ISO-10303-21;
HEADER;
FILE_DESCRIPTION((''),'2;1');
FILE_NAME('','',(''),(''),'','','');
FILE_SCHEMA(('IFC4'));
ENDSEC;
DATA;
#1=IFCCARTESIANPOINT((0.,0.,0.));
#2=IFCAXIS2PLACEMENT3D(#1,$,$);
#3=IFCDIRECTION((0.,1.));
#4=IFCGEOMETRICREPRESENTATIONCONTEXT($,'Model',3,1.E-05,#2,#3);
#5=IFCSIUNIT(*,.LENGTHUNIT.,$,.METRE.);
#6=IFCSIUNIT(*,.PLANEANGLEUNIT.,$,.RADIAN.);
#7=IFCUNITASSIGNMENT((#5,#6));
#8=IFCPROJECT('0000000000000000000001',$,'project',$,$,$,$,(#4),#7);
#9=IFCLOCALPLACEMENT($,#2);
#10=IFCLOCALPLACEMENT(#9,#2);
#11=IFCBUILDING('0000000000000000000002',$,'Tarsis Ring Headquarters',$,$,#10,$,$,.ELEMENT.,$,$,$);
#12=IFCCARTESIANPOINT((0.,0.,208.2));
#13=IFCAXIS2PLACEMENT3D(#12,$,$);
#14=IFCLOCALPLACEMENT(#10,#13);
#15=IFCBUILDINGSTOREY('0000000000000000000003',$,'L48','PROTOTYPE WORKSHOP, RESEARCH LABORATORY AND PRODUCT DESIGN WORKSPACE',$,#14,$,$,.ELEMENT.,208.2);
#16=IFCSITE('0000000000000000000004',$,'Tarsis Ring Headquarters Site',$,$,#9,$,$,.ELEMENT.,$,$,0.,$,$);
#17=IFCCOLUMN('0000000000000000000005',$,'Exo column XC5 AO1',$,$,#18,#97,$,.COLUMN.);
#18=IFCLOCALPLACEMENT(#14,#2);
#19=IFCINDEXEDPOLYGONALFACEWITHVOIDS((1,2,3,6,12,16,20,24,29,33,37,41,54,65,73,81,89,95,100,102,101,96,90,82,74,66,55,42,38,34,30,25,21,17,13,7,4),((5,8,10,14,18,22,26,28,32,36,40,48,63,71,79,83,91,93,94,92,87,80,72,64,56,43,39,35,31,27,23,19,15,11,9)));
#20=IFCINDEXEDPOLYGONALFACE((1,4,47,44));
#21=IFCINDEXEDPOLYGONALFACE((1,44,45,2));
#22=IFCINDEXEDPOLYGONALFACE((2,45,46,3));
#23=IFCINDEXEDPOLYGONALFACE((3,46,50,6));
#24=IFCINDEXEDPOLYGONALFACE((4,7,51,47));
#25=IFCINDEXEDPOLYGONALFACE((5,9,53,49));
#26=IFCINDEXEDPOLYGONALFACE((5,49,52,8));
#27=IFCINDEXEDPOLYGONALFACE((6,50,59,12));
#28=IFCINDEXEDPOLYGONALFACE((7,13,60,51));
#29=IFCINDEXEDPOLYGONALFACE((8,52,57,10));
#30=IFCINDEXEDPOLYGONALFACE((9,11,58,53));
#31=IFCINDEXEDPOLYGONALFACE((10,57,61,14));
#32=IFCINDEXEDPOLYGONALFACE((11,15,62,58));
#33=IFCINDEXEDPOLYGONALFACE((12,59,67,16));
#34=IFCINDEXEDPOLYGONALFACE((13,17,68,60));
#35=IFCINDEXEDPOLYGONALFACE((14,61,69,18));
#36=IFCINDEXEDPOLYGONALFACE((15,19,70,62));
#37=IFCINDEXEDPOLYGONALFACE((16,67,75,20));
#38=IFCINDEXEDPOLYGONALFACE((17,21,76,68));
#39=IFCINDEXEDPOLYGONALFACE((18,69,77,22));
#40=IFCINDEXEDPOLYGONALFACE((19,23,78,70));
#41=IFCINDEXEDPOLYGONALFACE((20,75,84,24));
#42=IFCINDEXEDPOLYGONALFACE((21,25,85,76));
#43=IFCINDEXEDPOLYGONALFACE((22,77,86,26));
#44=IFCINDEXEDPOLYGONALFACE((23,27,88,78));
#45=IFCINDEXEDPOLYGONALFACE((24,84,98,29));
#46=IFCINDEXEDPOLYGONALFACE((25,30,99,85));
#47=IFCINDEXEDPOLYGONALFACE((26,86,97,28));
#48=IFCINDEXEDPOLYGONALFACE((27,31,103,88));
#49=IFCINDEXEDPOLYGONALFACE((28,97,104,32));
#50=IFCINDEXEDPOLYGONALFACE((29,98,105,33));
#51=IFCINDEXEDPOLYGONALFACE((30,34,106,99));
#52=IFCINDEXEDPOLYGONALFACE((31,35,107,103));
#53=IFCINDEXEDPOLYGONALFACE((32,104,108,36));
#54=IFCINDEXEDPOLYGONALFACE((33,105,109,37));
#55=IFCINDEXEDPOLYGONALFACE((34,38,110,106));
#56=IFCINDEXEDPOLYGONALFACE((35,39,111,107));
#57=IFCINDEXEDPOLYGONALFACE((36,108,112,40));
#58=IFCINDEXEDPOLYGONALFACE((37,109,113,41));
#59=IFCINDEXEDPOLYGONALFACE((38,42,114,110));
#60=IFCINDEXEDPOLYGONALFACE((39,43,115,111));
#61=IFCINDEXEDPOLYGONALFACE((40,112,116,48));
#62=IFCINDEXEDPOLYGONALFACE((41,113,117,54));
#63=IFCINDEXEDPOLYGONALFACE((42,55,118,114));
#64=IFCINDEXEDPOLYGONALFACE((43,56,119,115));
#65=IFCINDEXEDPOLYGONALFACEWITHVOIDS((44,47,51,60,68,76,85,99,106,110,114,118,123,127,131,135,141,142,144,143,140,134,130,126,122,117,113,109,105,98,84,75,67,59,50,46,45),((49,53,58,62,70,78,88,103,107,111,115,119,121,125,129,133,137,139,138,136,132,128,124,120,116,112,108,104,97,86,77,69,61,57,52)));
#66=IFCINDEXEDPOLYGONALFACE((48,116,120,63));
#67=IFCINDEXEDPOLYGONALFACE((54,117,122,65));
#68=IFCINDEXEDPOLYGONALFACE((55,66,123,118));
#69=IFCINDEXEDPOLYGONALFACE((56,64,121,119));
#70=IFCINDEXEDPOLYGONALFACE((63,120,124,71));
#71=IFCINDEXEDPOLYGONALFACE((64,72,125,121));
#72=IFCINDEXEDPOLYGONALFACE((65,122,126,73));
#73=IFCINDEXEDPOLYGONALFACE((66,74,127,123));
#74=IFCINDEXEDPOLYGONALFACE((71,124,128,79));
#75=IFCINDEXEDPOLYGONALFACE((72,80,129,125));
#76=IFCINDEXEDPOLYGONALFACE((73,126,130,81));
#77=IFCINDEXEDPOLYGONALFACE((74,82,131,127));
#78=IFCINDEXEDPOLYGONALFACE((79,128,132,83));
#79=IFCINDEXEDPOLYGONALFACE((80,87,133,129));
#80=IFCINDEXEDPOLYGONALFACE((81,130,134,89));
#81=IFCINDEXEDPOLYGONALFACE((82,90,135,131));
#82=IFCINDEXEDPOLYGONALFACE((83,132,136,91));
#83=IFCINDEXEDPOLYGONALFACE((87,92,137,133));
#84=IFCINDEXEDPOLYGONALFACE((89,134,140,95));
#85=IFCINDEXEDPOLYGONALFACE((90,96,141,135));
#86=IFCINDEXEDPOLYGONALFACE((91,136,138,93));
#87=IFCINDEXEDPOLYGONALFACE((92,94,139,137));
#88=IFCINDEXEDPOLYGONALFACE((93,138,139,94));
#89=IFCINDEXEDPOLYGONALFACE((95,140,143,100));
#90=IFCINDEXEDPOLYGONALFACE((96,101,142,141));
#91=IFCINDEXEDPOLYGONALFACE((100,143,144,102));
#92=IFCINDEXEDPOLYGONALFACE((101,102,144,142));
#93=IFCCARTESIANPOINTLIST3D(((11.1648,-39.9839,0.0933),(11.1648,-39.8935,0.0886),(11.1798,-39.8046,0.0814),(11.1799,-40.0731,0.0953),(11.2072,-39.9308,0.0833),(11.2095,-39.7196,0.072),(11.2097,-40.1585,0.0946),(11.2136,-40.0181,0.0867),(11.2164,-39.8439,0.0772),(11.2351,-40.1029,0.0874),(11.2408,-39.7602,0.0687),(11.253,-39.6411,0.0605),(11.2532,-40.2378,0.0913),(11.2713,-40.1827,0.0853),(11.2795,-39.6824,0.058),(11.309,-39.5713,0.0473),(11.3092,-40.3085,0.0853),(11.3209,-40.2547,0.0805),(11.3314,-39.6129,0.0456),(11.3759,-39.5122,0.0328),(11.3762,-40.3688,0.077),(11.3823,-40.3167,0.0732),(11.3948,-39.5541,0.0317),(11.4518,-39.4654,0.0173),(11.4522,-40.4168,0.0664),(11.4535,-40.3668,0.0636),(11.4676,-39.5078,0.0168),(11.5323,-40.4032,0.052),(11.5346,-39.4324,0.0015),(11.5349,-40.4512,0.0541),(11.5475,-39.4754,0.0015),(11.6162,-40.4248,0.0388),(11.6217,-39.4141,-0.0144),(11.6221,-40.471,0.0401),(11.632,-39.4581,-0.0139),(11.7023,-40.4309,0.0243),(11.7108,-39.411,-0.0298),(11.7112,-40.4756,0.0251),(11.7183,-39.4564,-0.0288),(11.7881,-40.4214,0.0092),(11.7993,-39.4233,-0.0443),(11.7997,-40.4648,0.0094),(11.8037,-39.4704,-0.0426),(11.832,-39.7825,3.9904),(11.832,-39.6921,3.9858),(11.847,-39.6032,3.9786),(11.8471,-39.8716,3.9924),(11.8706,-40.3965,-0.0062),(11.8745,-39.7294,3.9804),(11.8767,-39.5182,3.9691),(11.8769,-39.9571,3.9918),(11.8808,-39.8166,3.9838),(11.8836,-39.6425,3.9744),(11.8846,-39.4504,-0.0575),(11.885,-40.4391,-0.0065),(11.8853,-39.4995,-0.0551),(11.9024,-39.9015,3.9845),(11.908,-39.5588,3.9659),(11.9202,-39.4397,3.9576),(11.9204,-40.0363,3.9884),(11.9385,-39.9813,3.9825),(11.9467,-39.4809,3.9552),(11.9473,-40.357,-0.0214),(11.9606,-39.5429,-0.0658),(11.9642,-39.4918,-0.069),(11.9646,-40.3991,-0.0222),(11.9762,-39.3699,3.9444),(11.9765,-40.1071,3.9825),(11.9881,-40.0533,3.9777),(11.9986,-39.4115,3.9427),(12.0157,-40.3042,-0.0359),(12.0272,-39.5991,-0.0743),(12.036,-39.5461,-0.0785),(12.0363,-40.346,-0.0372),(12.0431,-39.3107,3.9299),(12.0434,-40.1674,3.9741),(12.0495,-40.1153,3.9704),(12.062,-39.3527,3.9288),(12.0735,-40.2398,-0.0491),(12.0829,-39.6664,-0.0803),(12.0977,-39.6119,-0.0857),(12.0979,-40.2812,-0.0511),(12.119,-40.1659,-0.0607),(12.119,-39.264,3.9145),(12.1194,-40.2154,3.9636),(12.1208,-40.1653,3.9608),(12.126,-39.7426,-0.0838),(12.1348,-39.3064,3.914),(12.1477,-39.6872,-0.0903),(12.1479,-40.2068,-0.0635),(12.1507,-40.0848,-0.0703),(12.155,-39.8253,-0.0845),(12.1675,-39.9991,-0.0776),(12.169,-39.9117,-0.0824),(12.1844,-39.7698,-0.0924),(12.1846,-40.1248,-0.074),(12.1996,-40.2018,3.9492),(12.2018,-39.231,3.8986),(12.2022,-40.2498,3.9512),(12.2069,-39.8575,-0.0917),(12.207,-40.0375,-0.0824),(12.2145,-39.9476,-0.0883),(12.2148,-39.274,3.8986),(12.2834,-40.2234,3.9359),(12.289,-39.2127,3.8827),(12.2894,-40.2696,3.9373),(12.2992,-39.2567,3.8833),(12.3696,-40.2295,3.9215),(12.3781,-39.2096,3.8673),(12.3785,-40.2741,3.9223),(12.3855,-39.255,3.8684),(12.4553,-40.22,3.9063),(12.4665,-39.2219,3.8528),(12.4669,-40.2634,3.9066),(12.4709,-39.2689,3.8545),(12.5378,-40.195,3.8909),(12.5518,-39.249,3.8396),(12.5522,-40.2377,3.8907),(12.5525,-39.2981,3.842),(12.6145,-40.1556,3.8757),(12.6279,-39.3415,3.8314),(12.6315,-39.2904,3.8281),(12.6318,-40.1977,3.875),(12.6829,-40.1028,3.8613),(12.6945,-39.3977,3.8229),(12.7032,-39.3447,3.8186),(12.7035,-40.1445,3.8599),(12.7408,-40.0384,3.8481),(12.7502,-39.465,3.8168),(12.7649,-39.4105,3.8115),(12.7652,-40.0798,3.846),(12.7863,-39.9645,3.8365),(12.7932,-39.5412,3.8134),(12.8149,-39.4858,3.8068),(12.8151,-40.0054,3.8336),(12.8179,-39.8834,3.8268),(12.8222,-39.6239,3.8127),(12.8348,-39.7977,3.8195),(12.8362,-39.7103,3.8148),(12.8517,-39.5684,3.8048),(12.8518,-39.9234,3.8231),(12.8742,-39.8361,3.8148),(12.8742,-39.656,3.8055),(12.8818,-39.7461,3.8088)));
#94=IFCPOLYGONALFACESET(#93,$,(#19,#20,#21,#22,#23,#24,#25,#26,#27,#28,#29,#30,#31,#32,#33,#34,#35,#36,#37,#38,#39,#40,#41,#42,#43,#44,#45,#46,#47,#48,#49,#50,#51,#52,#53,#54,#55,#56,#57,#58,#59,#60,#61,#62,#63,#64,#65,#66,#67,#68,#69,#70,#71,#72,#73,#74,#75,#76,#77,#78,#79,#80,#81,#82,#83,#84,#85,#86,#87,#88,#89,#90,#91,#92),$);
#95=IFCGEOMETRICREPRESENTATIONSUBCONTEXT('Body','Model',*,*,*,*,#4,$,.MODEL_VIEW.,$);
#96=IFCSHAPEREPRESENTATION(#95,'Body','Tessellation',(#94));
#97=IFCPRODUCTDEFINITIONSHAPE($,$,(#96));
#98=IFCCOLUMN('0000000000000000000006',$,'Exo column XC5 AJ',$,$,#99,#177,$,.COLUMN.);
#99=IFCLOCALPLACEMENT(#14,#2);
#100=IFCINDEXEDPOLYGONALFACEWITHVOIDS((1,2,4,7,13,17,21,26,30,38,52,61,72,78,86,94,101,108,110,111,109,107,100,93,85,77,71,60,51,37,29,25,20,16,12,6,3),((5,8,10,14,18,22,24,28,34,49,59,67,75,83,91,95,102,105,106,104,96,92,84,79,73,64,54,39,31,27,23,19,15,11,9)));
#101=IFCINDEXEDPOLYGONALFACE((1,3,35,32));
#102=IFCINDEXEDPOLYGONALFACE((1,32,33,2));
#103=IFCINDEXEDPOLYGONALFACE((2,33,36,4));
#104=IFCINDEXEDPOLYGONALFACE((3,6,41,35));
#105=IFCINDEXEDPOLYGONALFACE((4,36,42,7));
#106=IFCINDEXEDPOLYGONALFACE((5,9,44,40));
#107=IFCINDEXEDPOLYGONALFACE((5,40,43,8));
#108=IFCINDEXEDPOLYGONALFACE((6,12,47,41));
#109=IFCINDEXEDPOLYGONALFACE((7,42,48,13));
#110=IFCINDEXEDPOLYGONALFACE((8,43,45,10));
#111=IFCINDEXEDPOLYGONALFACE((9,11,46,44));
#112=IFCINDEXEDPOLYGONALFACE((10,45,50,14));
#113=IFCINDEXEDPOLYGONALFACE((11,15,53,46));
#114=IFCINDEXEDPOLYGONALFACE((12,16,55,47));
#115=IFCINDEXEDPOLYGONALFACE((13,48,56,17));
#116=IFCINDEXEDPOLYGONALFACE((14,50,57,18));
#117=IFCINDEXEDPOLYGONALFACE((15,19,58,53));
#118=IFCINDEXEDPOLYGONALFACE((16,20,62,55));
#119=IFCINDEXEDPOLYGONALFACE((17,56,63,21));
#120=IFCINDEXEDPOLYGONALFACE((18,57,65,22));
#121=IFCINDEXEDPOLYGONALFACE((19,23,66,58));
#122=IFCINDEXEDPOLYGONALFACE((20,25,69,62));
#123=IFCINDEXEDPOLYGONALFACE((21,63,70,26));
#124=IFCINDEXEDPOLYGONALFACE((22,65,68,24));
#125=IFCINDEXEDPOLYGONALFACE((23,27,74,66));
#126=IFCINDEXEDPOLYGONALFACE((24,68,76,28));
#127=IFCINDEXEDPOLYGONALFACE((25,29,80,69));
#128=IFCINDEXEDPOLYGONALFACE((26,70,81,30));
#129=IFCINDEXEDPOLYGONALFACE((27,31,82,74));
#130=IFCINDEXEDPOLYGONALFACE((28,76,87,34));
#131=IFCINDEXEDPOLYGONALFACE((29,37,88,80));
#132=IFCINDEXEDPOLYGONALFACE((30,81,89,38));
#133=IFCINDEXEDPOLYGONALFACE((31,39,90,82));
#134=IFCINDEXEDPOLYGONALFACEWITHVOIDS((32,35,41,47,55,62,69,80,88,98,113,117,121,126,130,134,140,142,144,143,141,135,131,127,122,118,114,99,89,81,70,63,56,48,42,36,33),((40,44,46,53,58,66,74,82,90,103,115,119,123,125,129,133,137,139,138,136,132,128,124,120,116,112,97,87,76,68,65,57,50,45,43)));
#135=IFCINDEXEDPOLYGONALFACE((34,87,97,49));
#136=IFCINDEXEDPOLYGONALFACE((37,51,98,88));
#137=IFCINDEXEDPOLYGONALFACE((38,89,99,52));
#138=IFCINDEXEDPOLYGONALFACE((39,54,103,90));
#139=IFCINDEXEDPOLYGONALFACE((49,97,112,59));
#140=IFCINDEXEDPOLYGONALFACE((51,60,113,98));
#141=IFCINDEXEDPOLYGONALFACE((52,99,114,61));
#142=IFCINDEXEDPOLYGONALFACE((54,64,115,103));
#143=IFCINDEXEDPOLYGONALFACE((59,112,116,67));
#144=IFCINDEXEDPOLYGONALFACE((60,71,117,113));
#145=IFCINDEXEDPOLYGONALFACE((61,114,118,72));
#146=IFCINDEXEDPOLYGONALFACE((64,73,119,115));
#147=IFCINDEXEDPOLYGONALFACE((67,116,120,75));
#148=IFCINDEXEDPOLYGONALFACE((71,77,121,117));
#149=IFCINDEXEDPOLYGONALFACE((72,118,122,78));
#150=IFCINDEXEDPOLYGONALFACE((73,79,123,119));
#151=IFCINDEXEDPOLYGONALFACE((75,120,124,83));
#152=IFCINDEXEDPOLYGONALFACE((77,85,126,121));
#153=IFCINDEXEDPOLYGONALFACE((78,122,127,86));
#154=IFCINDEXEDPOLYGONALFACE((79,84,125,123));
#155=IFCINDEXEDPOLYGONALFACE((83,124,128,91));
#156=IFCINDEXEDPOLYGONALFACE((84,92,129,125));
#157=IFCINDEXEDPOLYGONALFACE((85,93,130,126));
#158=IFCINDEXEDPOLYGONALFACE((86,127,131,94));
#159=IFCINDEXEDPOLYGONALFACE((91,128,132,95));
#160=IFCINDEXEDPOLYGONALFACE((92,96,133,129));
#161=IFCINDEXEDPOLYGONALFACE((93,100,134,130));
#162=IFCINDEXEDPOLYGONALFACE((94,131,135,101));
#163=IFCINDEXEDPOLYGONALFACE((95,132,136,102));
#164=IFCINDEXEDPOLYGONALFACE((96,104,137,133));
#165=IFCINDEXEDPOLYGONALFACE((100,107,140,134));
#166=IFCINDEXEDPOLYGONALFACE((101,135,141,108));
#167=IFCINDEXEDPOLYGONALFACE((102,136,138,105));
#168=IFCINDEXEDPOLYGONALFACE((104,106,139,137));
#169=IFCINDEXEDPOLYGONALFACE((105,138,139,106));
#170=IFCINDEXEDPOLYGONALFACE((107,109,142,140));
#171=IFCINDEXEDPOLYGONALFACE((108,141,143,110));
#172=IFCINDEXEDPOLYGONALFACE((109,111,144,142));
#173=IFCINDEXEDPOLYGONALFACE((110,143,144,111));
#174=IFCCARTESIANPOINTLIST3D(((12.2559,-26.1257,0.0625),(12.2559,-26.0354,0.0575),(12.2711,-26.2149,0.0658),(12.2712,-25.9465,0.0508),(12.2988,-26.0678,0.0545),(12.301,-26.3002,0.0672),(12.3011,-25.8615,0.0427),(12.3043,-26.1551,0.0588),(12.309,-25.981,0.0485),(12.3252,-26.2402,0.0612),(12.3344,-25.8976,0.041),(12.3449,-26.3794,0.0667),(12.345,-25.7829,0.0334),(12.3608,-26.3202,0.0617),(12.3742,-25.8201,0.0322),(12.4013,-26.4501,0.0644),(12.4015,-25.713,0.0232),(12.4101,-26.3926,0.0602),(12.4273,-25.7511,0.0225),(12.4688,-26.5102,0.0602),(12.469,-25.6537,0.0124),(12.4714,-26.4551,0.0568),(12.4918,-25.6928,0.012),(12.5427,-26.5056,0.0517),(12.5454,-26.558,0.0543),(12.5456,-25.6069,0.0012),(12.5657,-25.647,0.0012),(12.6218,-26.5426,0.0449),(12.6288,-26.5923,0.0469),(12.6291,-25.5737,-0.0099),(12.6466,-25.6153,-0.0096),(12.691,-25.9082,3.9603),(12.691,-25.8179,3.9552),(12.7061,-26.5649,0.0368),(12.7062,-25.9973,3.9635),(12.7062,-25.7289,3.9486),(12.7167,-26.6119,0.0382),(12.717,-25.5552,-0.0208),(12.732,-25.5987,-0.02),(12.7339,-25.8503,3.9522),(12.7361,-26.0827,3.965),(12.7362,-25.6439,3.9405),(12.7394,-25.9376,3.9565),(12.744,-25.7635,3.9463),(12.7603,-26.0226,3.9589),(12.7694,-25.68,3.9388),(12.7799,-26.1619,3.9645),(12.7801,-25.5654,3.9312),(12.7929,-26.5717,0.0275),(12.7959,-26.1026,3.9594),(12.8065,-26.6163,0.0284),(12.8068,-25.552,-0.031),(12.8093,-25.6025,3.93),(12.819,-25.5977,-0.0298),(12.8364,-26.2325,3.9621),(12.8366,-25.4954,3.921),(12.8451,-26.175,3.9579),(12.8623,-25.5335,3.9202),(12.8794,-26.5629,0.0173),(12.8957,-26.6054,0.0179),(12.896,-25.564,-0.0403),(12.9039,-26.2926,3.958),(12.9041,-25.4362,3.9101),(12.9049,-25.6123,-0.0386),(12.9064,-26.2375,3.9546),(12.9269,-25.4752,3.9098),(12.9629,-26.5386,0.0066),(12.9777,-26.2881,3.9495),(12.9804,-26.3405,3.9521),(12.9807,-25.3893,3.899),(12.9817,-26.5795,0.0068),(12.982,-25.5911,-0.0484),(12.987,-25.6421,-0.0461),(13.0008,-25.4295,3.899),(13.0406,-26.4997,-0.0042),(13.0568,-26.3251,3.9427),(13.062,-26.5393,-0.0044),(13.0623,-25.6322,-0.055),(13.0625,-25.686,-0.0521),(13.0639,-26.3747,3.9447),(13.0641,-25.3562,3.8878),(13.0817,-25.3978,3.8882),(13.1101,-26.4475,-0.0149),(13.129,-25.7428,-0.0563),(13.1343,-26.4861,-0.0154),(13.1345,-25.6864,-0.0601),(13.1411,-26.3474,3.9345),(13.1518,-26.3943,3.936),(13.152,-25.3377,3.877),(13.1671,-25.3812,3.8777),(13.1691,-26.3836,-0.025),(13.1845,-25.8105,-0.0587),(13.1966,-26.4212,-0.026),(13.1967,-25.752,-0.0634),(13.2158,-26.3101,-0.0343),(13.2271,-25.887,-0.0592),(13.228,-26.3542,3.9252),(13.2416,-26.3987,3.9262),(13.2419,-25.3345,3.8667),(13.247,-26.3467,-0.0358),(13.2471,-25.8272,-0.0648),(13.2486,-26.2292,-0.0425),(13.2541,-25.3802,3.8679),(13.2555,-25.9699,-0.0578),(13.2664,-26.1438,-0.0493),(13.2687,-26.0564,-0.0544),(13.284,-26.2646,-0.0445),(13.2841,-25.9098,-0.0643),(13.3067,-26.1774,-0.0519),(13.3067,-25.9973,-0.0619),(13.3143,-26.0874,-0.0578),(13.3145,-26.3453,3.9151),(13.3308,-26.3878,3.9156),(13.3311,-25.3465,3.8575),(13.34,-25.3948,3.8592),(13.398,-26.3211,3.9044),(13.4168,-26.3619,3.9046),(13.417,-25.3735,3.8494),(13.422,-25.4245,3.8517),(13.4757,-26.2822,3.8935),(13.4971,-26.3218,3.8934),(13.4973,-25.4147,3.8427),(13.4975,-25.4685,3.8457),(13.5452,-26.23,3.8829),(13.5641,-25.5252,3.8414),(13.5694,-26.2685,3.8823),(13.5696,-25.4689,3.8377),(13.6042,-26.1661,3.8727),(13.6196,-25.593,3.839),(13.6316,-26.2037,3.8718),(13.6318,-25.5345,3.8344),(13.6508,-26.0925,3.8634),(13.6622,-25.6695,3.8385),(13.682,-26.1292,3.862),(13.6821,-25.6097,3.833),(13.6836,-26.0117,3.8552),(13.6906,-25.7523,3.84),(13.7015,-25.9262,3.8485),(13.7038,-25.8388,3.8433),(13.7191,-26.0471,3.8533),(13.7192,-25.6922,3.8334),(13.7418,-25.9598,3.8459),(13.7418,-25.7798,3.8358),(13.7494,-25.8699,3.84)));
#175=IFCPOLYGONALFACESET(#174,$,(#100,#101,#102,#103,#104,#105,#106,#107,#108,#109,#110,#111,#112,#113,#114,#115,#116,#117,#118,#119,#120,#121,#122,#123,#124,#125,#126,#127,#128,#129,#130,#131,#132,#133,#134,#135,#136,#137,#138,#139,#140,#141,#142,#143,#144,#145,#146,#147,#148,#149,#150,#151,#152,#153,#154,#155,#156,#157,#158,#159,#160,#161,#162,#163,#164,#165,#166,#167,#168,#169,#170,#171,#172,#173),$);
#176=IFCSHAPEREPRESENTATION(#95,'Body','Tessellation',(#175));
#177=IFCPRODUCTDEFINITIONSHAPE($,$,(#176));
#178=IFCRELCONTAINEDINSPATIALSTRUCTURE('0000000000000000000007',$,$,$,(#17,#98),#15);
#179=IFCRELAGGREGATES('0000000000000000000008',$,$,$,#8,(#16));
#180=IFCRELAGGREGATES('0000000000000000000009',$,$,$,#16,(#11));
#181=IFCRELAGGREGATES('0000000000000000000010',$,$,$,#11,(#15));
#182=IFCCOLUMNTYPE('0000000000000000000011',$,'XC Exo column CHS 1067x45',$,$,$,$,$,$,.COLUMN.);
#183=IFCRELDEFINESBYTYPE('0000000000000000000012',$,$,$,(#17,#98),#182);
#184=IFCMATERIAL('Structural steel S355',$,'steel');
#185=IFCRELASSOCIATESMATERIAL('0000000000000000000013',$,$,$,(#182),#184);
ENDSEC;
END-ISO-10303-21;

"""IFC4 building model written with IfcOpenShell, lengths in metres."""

from ifc_helpers import new_model, si_unit, direction, frame, origin, origin_2d, place, context, subcontext, project, spatial, hollow_circle, extrude, material, material_profile, profile_set, type_object, element, save


model = new_model("IFC4")

# Units and contexts
model_context = context("Model", 3, precision=1e-05, world=origin(), true_north=direction((0.0, 1.0)))
body_context = subcontext(model_context, "Body", "Model", "MODEL_VIEW")
ifc_project = project(units=[si_unit("LENGTHUNIT", "METRE"), si_unit("PLANEANGLEUNIT", "RADIAN")], contexts=[model_context])

# Site, building, storey
site_placement = place(None, origin())
site = spatial("IfcSite", under=ifc_project, at=site_placement, Name="Tarsis Ring Headquarters Site", CompositionType="ELEMENT", RefElevation=0.0)
building_placement = place(site_placement, origin())
building = spatial("IfcBuilding", under=site, at=building_placement, Name="Tarsis Ring Headquarters", CompositionType="ELEMENT")
storey_placement = place(building_placement, frame((0.0, 0.0, 208.2)))
storey = spatial("IfcBuildingStorey", under=building, at=storey_placement, Name="L48", Description="PROTOTYPE WORKSHOP, RESEARCH LABORATORY AND PRODUCT DESIGN WORKSPACE", CompositionType="ELEMENT", Elevation=208.2)

# Columns
ifc_material_1 = material(Name="Structural steel S355", Category="steel")
ifc_material_profile_1 = material_profile(ifc_material_1, hollow_circle(Radius=0.5334, WallThickness=0.0449, at=origin_2d()), Name="CHS 1067x45")
ifc_profile_set_1 = profile_set([ifc_material_profile_1], Name="Structural steel S355")
column_type = type_object("IfcColumnType", Name="XC Exo column CHS 1067x45", PredefinedType="COLUMN", material=ifc_profile_set_1)
column_1_placement = place(storey_placement, frame((11.6887, -39.9431, 0.0015), z_axis=(0.168534, 0.050875, 0.984382), x_axis=(-0.288986, 0.957333, 0.0)))
element("IfcColumn", 1, at=column_1_placement, inside=storey, type_object=column_type, Name="Exo column XC5 AO1", PredefinedType="COLUMN", context=body_context, shape_type="SweptSolid", body=[
    extrude(hollow_circle(Radius=0.5334, WallThickness=0.0449, at=origin_2d()), origin(), (0.0, 0.0, 1.0), 3.959),
])
column_2_placement = place(storey_placement, frame((12.7842, -26.084, 0.0012), z_axis=(0.11076, 0.05538, 0.992303), x_axis=(-0.447214, 0.894427, 0.0)))
element("IfcColumn", 2, at=column_2_placement, inside=storey, type_object=column_type, Name="Exo column XC5 AJ", PredefinedType="COLUMN", context=body_context, shape_type="SweptSolid", body=[
    extrude(hollow_circle(Radius=0.5334, WallThickness=0.0449, at=origin_2d()), origin(), (0.0, 0.0, 1.0), 3.928),
])

save(model, "model.ifc")
